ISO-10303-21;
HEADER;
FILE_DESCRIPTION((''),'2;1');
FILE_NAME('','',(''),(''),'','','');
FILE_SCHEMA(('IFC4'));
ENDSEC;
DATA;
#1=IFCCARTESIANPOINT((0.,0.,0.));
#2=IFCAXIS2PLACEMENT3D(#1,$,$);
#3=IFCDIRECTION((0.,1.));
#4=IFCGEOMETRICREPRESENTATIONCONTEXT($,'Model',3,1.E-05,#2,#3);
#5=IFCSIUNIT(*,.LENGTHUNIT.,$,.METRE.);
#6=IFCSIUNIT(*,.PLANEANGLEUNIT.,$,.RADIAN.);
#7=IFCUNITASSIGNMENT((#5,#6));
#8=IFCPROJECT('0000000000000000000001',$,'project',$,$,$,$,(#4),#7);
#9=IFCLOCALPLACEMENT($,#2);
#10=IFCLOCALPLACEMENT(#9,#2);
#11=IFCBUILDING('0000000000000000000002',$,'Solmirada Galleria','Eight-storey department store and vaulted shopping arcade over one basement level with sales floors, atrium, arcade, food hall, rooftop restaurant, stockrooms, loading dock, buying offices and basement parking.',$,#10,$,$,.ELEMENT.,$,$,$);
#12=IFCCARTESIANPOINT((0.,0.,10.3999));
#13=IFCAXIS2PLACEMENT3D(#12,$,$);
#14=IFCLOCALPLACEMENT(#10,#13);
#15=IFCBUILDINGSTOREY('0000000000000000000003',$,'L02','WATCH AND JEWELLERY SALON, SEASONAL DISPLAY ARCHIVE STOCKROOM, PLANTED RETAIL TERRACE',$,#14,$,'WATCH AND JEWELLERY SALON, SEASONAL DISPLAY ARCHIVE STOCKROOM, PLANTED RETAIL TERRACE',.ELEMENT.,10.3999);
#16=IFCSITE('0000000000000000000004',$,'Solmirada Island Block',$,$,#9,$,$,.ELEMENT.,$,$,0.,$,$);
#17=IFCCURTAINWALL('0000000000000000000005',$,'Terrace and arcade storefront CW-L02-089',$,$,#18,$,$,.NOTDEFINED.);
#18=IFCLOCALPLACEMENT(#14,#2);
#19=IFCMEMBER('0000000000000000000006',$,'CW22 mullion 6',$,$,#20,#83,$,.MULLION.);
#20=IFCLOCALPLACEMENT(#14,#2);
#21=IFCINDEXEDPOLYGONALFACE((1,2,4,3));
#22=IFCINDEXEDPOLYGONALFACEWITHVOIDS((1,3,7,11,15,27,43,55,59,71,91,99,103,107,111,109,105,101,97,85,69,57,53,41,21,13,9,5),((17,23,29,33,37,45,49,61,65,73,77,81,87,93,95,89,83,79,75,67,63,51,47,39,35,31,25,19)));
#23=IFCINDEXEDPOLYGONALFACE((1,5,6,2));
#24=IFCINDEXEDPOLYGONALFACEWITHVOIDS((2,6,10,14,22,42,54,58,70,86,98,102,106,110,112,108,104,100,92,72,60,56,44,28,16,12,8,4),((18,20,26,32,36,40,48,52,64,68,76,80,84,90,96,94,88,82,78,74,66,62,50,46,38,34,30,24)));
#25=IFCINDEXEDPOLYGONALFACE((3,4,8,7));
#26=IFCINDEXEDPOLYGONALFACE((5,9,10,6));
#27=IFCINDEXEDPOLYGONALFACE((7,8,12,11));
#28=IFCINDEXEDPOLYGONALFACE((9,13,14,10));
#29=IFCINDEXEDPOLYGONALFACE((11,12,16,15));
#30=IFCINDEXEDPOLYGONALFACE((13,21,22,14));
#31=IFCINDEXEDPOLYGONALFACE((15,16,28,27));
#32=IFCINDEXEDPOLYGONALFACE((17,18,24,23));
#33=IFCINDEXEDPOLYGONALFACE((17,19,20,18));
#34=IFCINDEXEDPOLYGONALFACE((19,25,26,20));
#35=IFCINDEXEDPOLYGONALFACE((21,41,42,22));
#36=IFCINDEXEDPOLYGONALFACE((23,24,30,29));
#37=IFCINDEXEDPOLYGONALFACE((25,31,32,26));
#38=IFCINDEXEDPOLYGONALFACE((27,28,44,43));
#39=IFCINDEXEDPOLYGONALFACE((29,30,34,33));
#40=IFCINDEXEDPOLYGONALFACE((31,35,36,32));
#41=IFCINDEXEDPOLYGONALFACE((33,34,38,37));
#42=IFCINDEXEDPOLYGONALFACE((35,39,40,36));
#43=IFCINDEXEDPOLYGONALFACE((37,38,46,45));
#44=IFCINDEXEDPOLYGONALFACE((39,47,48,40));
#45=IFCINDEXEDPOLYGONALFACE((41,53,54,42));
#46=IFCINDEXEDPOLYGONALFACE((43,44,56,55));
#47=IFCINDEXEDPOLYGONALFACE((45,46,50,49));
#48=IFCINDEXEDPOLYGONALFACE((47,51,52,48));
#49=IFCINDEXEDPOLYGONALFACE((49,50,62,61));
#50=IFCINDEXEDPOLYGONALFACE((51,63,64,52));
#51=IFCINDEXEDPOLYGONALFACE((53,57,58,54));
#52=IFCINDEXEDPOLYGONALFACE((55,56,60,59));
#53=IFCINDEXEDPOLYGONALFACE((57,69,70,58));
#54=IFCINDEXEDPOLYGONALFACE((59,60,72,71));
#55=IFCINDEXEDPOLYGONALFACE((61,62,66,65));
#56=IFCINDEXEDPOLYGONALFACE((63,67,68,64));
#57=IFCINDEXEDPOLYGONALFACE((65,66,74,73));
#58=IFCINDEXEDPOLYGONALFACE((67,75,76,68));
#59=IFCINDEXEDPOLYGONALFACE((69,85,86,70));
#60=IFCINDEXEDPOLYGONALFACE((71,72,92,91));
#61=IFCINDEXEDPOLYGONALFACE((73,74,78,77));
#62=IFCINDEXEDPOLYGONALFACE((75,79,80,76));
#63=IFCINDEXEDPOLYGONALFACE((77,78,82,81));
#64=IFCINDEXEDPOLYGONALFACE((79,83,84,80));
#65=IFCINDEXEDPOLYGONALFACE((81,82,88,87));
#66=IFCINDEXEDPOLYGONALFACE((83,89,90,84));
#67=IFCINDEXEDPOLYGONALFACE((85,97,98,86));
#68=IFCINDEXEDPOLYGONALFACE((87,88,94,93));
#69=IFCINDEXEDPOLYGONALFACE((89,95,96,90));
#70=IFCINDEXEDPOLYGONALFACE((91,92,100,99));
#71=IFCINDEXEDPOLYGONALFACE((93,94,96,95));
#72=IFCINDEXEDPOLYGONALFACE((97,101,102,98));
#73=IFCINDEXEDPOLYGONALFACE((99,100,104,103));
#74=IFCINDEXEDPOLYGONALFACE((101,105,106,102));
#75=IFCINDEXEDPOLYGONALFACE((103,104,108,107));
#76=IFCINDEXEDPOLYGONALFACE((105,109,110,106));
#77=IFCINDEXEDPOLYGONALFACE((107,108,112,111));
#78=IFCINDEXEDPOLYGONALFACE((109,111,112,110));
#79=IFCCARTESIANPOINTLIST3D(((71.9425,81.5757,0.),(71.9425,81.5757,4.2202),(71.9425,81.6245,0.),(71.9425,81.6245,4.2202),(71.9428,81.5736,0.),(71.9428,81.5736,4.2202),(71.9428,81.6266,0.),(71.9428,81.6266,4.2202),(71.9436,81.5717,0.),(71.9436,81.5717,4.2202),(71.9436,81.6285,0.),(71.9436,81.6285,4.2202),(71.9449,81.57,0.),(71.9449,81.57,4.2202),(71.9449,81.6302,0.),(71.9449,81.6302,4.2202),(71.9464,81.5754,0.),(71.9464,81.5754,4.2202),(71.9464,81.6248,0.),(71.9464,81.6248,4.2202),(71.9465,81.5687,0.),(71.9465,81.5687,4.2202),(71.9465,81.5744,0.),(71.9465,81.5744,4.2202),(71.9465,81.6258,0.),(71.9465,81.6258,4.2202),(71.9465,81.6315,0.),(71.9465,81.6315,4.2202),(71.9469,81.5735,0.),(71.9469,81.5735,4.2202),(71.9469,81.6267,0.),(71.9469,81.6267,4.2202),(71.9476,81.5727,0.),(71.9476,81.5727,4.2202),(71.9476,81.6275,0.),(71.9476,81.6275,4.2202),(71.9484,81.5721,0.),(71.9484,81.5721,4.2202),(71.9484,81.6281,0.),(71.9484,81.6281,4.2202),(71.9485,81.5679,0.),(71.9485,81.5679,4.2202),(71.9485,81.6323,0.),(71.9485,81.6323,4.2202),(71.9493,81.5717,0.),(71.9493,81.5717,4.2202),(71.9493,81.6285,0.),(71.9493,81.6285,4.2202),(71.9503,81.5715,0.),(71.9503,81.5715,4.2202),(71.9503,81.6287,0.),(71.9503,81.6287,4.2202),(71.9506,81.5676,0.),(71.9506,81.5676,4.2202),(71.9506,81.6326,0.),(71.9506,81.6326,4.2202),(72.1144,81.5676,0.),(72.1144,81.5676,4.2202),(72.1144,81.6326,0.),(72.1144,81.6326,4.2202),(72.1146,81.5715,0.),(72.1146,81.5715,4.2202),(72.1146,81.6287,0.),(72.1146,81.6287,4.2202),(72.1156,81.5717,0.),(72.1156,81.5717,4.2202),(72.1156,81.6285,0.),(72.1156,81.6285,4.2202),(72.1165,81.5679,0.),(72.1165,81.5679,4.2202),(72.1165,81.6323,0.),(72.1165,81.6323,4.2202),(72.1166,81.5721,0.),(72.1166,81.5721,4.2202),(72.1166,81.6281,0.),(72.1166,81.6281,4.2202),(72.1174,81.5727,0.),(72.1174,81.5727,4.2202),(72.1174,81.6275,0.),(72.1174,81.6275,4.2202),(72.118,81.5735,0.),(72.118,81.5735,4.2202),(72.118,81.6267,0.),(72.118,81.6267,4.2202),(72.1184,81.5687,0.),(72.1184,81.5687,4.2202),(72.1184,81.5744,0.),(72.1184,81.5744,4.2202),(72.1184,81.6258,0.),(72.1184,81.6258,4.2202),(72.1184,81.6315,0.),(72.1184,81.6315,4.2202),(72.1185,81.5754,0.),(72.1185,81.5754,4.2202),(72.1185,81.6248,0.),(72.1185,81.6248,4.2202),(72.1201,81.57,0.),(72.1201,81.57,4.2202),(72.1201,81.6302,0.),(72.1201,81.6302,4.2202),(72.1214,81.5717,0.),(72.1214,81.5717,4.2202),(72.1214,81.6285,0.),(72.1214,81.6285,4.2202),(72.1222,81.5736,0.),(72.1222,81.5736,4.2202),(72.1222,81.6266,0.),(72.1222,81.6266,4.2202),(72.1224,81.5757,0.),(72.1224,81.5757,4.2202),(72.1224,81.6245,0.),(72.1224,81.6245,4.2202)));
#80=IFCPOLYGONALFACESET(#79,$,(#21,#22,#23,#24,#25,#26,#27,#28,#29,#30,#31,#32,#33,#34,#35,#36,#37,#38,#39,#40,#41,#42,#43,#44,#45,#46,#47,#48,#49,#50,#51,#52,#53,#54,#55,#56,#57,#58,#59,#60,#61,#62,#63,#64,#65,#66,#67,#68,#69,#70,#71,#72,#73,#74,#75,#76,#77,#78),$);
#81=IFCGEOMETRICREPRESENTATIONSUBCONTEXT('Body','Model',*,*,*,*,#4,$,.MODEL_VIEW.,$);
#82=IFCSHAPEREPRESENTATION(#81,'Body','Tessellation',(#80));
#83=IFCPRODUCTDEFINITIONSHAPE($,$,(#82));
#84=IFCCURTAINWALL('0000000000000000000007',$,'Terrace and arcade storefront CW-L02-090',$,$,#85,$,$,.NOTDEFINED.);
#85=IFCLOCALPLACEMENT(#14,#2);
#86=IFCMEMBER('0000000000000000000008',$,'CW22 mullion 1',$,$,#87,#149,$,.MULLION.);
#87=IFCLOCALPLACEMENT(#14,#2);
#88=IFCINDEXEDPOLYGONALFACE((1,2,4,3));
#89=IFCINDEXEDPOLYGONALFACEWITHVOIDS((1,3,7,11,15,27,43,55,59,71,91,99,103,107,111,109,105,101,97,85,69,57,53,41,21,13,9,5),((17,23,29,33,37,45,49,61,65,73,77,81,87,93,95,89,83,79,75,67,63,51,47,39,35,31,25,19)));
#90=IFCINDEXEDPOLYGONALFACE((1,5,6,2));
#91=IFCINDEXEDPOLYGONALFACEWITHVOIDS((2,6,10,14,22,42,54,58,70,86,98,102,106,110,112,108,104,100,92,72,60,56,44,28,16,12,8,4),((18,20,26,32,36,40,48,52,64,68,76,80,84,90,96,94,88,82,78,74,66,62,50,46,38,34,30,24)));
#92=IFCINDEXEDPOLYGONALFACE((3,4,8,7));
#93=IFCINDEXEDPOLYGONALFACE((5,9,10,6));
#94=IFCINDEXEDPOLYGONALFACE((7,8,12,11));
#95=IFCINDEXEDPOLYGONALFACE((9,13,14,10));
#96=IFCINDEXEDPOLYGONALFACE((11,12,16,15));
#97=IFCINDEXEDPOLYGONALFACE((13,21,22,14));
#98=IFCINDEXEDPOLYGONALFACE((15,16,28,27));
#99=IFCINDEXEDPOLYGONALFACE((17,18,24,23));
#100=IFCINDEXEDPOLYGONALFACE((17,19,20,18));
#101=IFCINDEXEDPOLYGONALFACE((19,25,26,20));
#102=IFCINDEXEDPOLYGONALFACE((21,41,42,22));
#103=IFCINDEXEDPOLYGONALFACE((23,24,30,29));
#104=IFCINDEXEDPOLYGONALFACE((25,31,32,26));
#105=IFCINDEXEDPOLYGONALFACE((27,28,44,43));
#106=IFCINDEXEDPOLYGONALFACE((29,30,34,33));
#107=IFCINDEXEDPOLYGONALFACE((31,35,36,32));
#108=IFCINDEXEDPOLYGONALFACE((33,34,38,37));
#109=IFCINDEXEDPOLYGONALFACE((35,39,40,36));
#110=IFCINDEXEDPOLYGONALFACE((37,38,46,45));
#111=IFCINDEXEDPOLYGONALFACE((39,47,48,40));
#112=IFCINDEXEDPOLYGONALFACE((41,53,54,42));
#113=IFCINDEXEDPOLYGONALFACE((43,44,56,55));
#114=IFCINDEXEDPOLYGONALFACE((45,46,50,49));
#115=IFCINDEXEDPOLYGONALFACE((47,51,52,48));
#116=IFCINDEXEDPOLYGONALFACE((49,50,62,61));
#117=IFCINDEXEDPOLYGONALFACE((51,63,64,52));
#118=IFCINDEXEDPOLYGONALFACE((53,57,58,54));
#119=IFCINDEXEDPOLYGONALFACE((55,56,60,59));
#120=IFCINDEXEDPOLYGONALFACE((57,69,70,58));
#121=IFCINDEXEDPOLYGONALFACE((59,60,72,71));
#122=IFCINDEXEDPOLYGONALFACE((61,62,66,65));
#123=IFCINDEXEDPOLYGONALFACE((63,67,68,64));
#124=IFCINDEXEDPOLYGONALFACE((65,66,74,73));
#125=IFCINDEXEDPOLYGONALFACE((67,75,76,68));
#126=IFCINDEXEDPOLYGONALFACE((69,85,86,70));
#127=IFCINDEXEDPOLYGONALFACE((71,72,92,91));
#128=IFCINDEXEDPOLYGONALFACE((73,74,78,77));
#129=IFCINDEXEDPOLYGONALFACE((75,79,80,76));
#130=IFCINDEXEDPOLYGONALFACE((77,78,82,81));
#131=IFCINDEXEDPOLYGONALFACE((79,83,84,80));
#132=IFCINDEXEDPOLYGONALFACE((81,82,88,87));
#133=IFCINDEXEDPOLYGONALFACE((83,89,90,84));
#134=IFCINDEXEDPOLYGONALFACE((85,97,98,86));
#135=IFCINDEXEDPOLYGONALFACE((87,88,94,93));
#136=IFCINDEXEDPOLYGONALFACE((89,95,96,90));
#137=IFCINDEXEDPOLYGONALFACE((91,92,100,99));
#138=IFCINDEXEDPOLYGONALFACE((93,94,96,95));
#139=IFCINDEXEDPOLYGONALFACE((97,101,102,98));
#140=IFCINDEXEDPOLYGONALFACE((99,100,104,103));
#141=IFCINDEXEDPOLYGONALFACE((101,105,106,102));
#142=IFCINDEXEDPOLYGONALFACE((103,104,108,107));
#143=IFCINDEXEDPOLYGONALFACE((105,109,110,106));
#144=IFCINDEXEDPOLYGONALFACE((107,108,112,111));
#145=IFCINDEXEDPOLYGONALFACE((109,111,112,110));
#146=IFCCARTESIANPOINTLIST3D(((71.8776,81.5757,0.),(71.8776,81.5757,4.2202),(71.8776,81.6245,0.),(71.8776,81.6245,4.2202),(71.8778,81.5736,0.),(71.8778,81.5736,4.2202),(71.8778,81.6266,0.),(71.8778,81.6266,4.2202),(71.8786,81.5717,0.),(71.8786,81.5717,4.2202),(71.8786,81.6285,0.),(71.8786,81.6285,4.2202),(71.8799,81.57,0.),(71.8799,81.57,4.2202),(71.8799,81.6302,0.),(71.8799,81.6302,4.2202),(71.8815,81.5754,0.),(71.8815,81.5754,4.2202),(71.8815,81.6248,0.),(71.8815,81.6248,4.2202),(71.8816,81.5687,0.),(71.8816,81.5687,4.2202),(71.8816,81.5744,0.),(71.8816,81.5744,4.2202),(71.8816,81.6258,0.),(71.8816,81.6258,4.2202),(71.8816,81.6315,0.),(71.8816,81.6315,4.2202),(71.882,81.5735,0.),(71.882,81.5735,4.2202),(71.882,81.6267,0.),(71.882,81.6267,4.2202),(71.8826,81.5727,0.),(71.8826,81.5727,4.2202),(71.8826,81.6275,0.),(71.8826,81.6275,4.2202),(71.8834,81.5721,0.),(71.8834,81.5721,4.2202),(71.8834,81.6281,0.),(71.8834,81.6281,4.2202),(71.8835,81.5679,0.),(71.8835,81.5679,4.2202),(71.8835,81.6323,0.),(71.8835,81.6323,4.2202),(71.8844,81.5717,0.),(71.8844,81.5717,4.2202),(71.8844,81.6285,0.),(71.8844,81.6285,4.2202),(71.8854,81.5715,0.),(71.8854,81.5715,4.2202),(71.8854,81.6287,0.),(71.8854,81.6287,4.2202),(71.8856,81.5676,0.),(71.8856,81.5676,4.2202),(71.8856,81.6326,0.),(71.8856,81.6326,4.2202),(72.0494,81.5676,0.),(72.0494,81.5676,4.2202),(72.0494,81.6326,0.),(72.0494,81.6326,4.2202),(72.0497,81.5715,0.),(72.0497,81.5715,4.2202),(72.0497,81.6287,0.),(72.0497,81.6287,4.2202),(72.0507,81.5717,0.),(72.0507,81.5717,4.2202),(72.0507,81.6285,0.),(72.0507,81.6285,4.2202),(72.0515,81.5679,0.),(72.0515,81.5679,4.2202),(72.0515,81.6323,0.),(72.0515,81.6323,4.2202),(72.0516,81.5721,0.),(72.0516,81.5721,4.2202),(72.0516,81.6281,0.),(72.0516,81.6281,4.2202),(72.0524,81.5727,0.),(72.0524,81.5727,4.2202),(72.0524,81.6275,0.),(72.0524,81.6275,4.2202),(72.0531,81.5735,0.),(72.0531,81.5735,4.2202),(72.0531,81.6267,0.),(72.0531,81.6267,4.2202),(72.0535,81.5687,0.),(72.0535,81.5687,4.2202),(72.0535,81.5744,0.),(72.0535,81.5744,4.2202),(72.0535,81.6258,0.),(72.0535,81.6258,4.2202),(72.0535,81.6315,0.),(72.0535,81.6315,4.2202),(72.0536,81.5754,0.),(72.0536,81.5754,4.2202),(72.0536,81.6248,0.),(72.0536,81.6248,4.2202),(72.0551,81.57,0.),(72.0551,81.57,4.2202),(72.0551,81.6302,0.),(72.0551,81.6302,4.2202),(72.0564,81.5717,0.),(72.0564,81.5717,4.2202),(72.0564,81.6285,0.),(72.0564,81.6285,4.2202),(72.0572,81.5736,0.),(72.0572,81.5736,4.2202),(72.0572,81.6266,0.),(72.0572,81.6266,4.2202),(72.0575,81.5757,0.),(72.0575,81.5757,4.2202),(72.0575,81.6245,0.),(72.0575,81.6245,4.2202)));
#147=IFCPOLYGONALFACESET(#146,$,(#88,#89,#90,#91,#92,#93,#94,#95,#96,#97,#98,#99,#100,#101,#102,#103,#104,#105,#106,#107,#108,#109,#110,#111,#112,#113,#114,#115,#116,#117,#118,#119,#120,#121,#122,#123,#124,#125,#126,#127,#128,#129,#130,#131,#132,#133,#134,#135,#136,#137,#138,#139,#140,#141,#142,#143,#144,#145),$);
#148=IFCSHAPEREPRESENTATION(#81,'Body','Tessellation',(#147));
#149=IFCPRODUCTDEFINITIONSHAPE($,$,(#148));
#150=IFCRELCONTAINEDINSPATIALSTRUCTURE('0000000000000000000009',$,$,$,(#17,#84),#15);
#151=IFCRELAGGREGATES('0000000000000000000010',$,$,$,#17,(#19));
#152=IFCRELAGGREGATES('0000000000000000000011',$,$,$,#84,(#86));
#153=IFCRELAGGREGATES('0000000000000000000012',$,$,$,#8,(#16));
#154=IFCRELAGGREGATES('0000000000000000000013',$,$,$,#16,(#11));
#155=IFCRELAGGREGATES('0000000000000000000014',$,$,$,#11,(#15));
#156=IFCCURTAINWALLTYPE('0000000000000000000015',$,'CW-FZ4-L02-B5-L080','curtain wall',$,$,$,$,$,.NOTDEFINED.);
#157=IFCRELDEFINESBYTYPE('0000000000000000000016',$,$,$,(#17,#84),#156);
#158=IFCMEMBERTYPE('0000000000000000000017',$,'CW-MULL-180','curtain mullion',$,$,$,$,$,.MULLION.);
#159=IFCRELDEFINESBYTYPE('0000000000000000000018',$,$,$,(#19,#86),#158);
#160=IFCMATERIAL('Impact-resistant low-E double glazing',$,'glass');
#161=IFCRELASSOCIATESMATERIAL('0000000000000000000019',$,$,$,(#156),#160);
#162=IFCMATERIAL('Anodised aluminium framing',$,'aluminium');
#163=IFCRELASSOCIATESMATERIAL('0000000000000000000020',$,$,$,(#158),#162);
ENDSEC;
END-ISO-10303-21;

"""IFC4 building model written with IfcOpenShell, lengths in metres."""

from ifc_helpers import new_model, si_unit, direction, frame, origin, origin_2d, place, context, subcontext, project, spatial, hollow_rectangle, extrude, material, material_profile, profile_set, type_object, element, aggregate, save


model = new_model("IFC4")

# Units and contexts
model_context = context("Model", 3, precision=1e-05, world=origin(), true_north=direction((0.0, 1.0)))
body_context = subcontext(model_context, "Body", "Model", "MODEL_VIEW")
ifc_project = project(units=[si_unit("LENGTHUNIT", "METRE"), si_unit("PLANEANGLEUNIT", "RADIAN")], contexts=[model_context])

# Site, building, storey
site_placement = place(None, origin())
site = spatial("IfcSite", under=ifc_project, at=site_placement, Name="Solmirada Island Block", CompositionType="ELEMENT", RefElevation=0.0)
building_placement = place(site_placement, origin())
building = spatial("IfcBuilding", under=site, at=building_placement, Name="Solmirada Galleria", Description="Eight-storey department store and vaulted shopping arcade over one basement level with sales floors, atrium, arcade, food hall, rooftop restaurant, stockrooms, loading dock, buying offices and basement parking.", CompositionType="ELEMENT")
storey_placement = place(building_placement, frame((0.0, 0.0, 10.3999)))
storey = spatial("IfcBuildingStorey", under=building, at=storey_placement, Name="L02", Description="WATCH AND JEWELLERY SALON, SEASONAL DISPLAY ARCHIVE STOCKROOM, PLANTED RETAIL TERRACE", LongName="WATCH AND JEWELLERY SALON, SEASONAL DISPLAY ARCHIVE STOCKROOM, PLANTED RETAIL TERRACE", CompositionType="ELEMENT", Elevation=10.3999)

# Curtain wall, member
ifc_material_1 = material(Name="Impact-resistant low-E double glazing", Category="glass")
curtain_wall_type = type_object("IfcCurtainWallType", Name="CW-FZ4-L02-B5-L080", Description="curtain wall", PredefinedType="NOTDEFINED", material=ifc_material_1)
curtain_wall_1_placement = place(storey_placement, origin())
curtain_wall_1 = element("IfcCurtainWall", 1, at=curtain_wall_1_placement, inside=storey, type_object=curtain_wall_type, Name="Terrace and arcade storefront CW-L02-089", PredefinedType="NOTDEFINED")
ifc_material_2 = material(Name="Anodised aluminium framing", Category="aluminium")
ifc_material_profile_1 = material_profile(ifc_material_2, hollow_rectangle(XDim=0.0649, YDim=0.1799, WallThickness=0.0039, InnerFilletRadius=0.0039, OuterFilletRadius=0.0081, at=origin_2d()), Name="ALU-MULL-180X65")
ifc_profile_set_1 = profile_set([ifc_material_profile_1], Name="Anodised aluminium framing")
member_type_1 = type_object("IfcMemberType", Name="CW-MULL-180", Description="curtain mullion", PredefinedType="MULLION", material=ifc_profile_set_1)
member_1_placement = place(storey_placement, frame((72.0325, 81.6001, 0.0), z_axis=(0.0, 0.0, 1.0), x_axis=(0.0, -1.0, 0.0)))
member_1 = element("IfcMember", 2, at=member_1_placement, type_object=member_type_1, Name="CW22 mullion 6", PredefinedType="MULLION", context=body_context, shape_type="SweptSolid", body=[
    extrude(hollow_rectangle(XDim=0.0649, YDim=0.1799, WallThickness=0.0039, InnerFilletRadius=0.0039, OuterFilletRadius=0.0081, at=origin_2d()), origin(), (0.0, 0.0, 1.0), 4.2202),
])

# Curtain wall, member
curtain_wall_2_placement = place(storey_placement, origin())
curtain_wall_2 = element("IfcCurtainWall", 3, at=curtain_wall_2_placement, inside=storey, type_object=curtain_wall_type, Name="Terrace and arcade storefront CW-L02-090", PredefinedType="NOTDEFINED")
member_2_placement = place(storey_placement, frame((71.9675, 81.6001, 0.0), z_axis=(0.0, 0.0, 1.0), x_axis=(0.0, -1.0, 0.0)))
member_2 = element("IfcMember", 4, at=member_2_placement, type_object=member_type_1, Name="CW22 mullion 1", PredefinedType="MULLION", context=body_context, shape_type="SweptSolid", body=[
    extrude(hollow_rectangle(XDim=0.0649, YDim=0.1799, WallThickness=0.0039, InnerFilletRadius=0.0039, OuterFilletRadius=0.0081, at=origin_2d()), origin(), (0.0, 0.0, 1.0), 4.2202),
])

aggregate(curtain_wall_1, [member_1])
aggregate(curtain_wall_2, [member_2])

save(model, "model.ifc")
